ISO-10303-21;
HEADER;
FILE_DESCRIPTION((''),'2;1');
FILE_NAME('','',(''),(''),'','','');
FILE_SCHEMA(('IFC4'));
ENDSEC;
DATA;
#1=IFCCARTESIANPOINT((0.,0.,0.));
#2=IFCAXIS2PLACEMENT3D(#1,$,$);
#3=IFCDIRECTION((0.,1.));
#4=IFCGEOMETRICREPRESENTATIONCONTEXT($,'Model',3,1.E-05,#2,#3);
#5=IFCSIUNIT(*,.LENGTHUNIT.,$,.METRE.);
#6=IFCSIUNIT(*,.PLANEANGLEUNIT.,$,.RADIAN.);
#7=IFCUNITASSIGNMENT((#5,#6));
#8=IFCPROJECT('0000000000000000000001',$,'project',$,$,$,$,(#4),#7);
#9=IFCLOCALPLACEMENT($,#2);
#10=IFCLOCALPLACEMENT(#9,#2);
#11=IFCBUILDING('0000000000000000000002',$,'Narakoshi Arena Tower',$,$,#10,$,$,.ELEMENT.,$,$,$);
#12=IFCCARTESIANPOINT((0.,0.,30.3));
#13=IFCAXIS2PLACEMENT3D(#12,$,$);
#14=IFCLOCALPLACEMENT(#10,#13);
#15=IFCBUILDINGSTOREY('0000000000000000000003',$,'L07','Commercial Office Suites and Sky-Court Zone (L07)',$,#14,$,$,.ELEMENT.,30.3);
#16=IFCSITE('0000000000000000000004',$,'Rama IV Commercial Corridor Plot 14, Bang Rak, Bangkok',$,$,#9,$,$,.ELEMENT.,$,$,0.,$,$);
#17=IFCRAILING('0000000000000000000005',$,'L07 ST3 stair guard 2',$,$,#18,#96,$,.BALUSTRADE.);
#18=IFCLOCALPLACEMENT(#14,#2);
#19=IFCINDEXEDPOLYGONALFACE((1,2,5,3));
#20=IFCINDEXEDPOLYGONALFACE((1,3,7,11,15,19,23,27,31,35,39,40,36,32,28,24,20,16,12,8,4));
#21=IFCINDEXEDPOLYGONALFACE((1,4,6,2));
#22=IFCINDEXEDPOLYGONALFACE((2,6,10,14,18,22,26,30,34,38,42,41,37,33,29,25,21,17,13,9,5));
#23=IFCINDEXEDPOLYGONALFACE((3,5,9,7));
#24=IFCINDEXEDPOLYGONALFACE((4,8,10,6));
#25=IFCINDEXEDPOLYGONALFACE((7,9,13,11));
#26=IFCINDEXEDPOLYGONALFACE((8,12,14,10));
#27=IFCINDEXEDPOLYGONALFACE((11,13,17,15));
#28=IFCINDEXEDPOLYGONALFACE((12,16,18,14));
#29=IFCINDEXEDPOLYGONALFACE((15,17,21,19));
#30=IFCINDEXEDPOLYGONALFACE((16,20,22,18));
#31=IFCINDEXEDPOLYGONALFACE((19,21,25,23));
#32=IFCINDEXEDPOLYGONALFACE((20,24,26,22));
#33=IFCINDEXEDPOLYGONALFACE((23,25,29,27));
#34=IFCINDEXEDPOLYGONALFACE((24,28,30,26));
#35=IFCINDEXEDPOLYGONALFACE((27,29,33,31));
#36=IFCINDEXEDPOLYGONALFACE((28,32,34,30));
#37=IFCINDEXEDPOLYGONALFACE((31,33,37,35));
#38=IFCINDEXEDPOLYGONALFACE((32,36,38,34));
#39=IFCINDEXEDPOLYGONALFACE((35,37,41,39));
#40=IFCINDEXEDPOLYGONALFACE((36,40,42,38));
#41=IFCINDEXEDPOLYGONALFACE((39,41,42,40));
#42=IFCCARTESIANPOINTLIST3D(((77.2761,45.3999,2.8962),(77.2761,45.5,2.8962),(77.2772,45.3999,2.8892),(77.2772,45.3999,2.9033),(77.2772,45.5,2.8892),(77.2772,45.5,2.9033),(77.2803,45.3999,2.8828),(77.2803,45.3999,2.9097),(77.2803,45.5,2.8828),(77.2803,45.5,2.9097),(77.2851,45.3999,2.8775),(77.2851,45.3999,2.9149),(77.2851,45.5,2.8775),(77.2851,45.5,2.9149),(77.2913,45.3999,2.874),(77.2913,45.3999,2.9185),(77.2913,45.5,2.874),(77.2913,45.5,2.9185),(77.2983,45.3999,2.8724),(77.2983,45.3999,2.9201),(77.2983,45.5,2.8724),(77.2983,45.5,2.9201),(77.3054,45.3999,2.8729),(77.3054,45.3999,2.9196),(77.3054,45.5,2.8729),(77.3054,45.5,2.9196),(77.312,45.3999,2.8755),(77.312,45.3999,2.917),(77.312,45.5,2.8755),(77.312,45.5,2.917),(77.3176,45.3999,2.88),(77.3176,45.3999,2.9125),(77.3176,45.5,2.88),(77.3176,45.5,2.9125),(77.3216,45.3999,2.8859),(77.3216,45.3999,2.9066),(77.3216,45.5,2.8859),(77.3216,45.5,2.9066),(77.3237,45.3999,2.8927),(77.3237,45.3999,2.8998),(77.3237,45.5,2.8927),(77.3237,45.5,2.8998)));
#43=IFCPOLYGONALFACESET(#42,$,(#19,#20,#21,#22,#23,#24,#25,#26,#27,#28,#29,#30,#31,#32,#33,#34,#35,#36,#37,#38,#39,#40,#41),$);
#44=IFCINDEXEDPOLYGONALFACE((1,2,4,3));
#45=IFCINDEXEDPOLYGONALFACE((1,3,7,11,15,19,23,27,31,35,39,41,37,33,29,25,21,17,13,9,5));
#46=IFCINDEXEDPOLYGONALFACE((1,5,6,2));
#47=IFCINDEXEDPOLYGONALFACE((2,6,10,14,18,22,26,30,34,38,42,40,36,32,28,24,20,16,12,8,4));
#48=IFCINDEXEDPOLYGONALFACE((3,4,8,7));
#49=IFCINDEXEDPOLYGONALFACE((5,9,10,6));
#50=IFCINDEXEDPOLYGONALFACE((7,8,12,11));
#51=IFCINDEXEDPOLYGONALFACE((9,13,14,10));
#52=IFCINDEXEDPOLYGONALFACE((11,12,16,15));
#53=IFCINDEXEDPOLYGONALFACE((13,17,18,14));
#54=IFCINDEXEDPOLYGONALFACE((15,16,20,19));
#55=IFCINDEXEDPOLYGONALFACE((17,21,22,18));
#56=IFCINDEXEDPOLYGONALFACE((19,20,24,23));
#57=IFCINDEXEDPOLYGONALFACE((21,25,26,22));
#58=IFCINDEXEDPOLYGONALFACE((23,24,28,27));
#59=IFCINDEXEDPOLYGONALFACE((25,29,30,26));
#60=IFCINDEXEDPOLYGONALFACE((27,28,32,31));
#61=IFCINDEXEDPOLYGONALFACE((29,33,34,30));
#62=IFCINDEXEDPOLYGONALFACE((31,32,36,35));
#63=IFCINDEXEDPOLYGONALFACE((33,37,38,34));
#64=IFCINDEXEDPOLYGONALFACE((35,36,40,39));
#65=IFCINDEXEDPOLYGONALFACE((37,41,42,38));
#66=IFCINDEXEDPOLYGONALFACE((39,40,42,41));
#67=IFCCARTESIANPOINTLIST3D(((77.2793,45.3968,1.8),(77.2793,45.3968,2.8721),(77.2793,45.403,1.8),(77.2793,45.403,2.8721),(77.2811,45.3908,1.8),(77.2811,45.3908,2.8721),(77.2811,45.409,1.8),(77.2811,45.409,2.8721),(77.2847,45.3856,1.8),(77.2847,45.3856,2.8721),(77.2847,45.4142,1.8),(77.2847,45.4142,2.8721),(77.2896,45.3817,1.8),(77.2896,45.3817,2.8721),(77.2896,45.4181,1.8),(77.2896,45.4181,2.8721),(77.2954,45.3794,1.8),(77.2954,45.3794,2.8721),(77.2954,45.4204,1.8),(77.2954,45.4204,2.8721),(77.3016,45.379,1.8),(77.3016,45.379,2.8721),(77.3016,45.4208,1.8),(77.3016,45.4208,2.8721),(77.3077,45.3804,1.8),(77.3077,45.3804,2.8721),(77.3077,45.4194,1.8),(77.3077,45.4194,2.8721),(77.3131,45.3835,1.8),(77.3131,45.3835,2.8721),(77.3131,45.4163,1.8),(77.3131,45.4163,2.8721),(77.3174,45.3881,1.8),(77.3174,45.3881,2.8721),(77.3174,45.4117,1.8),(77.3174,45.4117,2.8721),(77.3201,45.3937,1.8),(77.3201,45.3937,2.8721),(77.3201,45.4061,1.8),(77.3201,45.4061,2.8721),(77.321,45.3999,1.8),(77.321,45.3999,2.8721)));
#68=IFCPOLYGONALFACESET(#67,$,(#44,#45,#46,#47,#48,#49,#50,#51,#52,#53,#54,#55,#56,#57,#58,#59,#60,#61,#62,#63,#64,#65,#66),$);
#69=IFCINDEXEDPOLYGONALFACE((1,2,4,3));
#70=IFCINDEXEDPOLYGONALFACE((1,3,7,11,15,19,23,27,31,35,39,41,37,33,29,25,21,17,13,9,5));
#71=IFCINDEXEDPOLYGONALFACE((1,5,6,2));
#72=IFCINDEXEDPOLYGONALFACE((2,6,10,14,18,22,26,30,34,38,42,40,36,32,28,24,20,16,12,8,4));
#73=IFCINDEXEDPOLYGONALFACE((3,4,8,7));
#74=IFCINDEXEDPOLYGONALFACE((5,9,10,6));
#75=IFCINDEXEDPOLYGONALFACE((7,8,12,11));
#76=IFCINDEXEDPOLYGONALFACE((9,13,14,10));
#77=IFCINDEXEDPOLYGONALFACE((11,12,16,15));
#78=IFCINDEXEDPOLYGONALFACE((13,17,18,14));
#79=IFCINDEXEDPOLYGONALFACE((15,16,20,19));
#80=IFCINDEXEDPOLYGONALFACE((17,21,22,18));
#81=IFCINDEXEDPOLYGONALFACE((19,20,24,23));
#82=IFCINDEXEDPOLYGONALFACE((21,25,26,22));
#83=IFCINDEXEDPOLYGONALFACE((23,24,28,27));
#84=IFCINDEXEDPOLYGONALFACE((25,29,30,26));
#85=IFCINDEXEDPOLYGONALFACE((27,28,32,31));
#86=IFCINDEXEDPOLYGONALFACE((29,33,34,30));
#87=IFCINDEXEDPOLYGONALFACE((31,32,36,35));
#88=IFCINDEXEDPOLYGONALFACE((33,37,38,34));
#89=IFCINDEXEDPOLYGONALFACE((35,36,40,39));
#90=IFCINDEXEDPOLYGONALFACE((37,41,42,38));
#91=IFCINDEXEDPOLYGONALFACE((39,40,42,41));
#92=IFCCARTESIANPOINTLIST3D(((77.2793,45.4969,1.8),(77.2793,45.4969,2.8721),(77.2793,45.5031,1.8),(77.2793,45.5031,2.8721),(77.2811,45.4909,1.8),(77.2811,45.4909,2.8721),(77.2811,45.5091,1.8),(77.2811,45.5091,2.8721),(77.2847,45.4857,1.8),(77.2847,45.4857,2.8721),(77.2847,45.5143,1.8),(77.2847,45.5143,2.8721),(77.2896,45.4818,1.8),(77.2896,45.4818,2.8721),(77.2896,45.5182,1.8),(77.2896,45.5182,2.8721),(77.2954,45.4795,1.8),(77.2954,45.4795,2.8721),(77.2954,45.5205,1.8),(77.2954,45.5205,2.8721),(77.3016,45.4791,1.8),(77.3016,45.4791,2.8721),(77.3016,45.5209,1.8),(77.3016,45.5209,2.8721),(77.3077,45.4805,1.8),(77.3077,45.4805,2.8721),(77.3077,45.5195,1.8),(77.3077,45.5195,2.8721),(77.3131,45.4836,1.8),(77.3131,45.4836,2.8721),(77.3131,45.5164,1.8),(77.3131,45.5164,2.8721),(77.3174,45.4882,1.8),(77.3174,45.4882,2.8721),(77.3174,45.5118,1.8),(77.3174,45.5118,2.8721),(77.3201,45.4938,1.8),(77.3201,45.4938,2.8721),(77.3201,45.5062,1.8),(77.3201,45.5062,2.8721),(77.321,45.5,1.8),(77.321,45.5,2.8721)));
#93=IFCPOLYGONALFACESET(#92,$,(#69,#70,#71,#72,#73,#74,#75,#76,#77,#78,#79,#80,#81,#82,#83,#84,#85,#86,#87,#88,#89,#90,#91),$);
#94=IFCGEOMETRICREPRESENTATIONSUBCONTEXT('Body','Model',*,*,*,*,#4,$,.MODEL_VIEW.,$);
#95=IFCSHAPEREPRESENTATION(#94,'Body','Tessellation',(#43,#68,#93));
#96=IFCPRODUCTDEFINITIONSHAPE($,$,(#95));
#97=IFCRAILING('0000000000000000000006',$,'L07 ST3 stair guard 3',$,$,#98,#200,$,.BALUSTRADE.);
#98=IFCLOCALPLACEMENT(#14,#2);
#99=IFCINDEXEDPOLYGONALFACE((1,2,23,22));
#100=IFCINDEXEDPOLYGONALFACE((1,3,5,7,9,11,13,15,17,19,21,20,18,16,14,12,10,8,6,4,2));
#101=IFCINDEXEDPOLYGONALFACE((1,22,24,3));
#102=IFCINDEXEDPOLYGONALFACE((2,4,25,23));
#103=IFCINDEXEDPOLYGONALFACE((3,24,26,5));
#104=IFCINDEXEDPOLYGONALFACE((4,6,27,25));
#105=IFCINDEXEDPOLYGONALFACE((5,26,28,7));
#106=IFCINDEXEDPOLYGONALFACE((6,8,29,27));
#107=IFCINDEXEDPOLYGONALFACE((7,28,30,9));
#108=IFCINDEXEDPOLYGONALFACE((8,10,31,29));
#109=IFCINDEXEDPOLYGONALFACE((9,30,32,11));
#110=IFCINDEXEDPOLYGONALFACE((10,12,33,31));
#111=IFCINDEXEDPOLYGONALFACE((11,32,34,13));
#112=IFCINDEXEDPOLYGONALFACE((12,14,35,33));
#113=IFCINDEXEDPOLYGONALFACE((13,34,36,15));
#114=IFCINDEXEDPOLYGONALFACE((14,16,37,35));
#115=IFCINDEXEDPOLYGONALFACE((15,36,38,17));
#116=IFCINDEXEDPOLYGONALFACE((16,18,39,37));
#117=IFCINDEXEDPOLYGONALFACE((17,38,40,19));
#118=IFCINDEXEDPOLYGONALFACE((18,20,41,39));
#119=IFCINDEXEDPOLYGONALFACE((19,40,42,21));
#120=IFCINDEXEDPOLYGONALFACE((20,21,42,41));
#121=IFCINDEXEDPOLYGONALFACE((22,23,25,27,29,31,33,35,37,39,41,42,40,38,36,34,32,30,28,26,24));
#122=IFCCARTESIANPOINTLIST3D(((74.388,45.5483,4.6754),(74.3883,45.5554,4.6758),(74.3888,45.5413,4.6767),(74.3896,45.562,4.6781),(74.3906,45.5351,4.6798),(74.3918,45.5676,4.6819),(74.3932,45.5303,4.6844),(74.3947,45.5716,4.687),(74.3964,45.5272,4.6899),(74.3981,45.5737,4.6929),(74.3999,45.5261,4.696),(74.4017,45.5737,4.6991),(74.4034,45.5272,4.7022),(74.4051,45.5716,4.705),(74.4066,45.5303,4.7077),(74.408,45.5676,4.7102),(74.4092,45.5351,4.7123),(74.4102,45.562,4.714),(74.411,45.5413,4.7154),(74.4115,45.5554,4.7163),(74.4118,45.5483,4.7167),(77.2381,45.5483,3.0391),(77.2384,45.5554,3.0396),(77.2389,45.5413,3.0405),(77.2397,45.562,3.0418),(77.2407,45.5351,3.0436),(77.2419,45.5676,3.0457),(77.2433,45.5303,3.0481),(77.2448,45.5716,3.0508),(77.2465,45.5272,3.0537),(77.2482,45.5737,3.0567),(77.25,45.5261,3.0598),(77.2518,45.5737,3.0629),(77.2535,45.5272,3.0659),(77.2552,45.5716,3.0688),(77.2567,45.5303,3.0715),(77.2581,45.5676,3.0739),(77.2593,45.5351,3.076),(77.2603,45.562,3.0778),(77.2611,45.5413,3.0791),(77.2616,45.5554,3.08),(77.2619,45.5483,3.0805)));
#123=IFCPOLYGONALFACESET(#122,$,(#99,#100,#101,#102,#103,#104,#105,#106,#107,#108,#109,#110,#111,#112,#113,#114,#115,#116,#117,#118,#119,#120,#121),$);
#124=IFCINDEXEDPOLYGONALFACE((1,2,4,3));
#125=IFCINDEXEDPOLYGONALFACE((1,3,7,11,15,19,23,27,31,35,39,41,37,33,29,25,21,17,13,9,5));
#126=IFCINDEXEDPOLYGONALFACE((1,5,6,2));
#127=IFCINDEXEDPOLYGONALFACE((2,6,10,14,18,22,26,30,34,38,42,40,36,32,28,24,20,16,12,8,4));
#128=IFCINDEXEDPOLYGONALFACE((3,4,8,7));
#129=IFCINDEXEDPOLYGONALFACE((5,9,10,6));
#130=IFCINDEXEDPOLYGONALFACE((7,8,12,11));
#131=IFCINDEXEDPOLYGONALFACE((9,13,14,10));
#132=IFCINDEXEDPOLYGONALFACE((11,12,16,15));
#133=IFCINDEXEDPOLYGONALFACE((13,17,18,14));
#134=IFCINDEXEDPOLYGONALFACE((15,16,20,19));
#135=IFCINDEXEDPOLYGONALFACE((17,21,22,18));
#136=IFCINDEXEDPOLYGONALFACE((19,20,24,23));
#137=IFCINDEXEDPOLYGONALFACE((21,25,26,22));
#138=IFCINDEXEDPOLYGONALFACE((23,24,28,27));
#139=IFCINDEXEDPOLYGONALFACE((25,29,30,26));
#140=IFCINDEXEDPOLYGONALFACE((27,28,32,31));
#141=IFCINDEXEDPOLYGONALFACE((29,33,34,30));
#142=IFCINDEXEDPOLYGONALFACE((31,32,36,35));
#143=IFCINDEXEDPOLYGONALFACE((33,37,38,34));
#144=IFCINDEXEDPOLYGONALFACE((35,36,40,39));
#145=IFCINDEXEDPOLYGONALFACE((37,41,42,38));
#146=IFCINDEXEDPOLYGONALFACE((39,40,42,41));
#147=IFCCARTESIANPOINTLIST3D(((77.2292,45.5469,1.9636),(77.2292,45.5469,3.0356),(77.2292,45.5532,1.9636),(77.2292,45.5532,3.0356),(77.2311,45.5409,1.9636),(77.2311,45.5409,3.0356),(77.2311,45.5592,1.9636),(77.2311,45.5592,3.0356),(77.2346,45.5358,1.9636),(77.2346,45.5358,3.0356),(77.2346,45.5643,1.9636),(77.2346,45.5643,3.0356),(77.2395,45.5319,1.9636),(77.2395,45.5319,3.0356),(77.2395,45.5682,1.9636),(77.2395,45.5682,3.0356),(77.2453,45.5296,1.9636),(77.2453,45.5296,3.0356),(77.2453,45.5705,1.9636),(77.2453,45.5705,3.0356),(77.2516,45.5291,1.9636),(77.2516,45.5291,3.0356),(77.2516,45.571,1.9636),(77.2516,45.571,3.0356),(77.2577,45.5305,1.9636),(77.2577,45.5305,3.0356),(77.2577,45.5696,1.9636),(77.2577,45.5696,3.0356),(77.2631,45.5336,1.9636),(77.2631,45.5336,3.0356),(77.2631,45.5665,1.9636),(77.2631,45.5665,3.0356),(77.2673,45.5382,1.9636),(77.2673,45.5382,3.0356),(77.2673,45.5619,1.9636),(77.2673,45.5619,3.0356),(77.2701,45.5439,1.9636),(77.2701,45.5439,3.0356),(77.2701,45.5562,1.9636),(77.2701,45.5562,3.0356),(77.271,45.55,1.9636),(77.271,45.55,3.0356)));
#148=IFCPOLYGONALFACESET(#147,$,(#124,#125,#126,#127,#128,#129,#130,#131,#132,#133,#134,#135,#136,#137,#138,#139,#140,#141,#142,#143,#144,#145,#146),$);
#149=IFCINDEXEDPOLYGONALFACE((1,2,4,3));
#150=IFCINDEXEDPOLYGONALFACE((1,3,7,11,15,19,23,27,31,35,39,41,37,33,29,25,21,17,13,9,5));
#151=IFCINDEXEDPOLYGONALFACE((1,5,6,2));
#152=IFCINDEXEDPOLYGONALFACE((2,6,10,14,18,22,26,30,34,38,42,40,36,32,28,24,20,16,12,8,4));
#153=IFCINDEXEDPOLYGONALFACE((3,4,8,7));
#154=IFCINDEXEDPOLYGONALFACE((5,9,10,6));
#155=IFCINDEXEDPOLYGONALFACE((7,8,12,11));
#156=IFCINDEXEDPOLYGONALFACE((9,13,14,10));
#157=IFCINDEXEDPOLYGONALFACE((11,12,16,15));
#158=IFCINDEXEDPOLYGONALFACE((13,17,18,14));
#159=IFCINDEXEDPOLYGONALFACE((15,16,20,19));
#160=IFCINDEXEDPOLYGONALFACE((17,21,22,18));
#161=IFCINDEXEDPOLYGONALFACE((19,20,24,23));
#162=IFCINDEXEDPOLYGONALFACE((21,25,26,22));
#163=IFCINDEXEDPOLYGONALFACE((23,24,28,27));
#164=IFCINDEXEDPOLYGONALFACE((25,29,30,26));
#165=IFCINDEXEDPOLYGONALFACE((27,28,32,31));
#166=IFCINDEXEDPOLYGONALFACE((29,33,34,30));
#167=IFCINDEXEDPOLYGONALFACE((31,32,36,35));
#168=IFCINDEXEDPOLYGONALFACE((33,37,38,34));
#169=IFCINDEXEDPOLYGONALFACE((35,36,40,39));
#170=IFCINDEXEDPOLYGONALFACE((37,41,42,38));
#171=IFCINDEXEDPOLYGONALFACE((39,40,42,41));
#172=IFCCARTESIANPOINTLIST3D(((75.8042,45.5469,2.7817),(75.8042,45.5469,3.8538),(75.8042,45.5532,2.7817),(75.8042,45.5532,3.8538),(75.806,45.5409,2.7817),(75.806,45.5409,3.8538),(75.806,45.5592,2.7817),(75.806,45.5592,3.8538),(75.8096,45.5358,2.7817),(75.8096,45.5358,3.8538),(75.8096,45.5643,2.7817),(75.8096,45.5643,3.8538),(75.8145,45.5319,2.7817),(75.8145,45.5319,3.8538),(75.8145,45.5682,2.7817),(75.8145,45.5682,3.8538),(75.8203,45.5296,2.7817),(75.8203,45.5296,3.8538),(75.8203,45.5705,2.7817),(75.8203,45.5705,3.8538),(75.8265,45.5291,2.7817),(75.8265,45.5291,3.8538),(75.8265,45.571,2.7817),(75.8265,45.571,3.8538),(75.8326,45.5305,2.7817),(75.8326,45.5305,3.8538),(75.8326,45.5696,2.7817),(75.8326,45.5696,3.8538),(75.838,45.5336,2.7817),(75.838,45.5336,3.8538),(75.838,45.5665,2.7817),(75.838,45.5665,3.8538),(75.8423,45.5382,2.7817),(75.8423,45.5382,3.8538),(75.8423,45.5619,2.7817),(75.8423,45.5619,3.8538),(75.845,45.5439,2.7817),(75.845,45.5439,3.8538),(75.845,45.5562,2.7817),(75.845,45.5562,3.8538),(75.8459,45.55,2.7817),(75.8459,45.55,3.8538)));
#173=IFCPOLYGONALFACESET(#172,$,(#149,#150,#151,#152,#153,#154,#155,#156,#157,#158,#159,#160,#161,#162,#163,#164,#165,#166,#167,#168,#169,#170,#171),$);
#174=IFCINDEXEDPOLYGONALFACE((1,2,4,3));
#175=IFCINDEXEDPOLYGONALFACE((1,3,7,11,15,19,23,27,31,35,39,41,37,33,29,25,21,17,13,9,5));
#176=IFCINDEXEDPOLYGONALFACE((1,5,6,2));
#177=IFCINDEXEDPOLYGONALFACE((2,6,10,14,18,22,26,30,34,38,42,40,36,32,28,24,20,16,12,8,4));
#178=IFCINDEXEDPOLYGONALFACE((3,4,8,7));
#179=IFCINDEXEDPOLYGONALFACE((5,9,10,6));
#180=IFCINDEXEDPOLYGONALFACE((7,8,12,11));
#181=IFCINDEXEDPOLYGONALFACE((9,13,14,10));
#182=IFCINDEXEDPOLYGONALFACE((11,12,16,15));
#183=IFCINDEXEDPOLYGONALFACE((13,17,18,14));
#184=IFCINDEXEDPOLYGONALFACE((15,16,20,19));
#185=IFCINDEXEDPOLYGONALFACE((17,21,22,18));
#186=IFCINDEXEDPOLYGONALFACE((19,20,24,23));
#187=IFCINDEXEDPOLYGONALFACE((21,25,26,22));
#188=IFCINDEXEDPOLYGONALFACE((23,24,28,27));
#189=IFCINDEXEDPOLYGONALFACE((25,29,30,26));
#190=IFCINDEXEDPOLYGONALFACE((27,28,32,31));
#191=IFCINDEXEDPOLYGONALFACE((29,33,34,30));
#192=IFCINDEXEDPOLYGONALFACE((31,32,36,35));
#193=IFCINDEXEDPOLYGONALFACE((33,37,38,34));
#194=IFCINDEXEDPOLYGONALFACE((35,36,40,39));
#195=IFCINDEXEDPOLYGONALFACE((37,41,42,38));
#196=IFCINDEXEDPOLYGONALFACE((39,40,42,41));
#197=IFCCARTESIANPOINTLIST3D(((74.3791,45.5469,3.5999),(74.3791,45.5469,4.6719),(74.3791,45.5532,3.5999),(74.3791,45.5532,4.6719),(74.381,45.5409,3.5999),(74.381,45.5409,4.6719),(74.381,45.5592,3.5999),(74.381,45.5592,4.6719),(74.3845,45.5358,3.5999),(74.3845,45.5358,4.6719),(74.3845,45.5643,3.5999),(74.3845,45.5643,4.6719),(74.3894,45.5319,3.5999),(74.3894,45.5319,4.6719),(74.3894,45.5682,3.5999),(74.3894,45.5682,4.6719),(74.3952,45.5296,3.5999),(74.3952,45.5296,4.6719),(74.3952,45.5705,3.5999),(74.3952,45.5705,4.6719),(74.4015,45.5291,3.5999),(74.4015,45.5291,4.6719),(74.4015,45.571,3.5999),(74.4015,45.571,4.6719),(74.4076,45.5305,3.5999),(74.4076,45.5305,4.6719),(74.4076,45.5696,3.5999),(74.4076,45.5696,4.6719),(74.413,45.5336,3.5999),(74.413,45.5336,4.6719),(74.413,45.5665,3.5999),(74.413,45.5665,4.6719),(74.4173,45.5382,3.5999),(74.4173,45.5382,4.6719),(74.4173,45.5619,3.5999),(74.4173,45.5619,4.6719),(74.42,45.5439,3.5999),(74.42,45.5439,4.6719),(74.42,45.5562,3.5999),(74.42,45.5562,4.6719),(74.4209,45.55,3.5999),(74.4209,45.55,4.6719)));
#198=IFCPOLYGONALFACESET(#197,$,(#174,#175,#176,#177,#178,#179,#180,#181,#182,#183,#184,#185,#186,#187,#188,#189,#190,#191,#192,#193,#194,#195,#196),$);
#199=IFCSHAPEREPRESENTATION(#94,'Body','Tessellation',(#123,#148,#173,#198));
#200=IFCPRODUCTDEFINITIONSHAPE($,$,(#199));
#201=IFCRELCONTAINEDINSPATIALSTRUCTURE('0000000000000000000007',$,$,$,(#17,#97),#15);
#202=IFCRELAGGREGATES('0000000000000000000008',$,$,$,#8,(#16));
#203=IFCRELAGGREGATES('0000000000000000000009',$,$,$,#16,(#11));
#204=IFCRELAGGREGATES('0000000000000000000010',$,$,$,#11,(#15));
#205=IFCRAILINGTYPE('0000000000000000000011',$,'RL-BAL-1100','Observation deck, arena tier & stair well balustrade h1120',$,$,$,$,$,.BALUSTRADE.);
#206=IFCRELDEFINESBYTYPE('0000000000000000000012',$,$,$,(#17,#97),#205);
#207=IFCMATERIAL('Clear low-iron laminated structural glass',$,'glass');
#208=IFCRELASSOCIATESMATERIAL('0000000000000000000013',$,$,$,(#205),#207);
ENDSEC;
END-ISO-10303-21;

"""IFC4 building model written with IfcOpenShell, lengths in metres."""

from ifc_helpers import new_model, si_unit, direction, frame, origin, origin_2d, place, context, subcontext, project, spatial, circle, extrude, material, type_object, element, save


model = new_model("IFC4")

# Units and contexts
model_context = context("Model", 3, precision=1e-05, world=origin(), true_north=direction((0.0, 1.0)))
body_context = subcontext(model_context, "Body", "Model", "MODEL_VIEW")
ifc_project = project(units=[si_unit("LENGTHUNIT", "METRE"), si_unit("PLANEANGLEUNIT", "RADIAN")], contexts=[model_context])

# Site, building, storey
site_placement = place(None, origin())
site = spatial("IfcSite", under=ifc_project, at=site_placement, Name="Rama IV Commercial Corridor Plot 14, Bang Rak, Bangkok", CompositionType="ELEMENT", RefElevation=0.0)
building_placement = place(site_placement, origin())
building = spatial("IfcBuilding", under=site, at=building_placement, Name="Narakoshi Arena Tower", CompositionType="ELEMENT")
storey_placement = place(building_placement, frame((0.0, 0.0, 30.3)))
storey = spatial("IfcBuildingStorey", under=building, at=storey_placement, Name="L07", Description="Commercial Office Suites and Sky-Court Zone (L07)", CompositionType="ELEMENT", Elevation=30.3)

# Railings
ifc_material_1 = material(Name="Clear low-iron laminated structural glass", Category="glass")
railing_type_1 = type_object("IfcRailingType", Name="RL-BAL-1100", Description="Observation deck, arena tier & stair well balustrade h1120", PredefinedType="BALUSTRADE", material=ifc_material_1)
railing_1_placement = place(storey_placement, frame((77.3, 45.3999, 1.8)))
element("IfcRailing", 1, at=railing_1_placement, inside=storey, type_object=railing_type_1, Name="L07 ST3 stair guard 2", PredefinedType="BALUSTRADE", context=body_context, shape_type="SweptSolid", body=[
    extrude(circle(Radius=0.0239, at=origin_2d()), frame((0.0, 0.0, 1.0962), z_axis=(0.0, 1.0, 0.0), x_axis=(-1.0, 0.0, 0.0)), (0.0, 0.0, 1.0), 0.1001),
    extrude(circle(Radius=0.021, at=origin_2d()), origin(), (0.0, 0.0, 1.0), 1.072),
    extrude(circle(Radius=0.021, at=origin_2d()), frame((0.0, 0.1001, 0.0)), (0.0, 0.0, 1.0), 1.072),
])
railing_2_placement = place(storey_placement, frame((77.25, 45.55, 1.9636)))
element("IfcRailing", 2, at=railing_2_placement, inside=storey, type_object=railing_type_1, Name="L07 ST3 stair guard 3", PredefinedType="BALUSTRADE", context=body_context, shape_type="SweptSolid", body=[
    extrude(circle(Radius=0.0239, at=origin_2d()), frame((0.0, 0.0, 1.0962), z_axis=(-0.867245, 0.0, 0.497882), x_axis=(0.0, -1.0, 0.0)), (0.0, 0.0, 1.0), 3.2864),
    extrude(circle(Radius=0.021, at=origin_2d()), origin(), (0.0, 0.0, 1.0), 1.072),
    extrude(circle(Radius=0.021, at=origin_2d()), frame((-1.425, 0.0, 0.8181)), (0.0, 0.0, 1.0), 1.072),
    extrude(circle(Radius=0.021, at=origin_2d()), frame((-2.8501, 0.0, 1.6362)), (0.0, 0.0, 1.0), 1.072),
])

save(model, "model.ifc")
